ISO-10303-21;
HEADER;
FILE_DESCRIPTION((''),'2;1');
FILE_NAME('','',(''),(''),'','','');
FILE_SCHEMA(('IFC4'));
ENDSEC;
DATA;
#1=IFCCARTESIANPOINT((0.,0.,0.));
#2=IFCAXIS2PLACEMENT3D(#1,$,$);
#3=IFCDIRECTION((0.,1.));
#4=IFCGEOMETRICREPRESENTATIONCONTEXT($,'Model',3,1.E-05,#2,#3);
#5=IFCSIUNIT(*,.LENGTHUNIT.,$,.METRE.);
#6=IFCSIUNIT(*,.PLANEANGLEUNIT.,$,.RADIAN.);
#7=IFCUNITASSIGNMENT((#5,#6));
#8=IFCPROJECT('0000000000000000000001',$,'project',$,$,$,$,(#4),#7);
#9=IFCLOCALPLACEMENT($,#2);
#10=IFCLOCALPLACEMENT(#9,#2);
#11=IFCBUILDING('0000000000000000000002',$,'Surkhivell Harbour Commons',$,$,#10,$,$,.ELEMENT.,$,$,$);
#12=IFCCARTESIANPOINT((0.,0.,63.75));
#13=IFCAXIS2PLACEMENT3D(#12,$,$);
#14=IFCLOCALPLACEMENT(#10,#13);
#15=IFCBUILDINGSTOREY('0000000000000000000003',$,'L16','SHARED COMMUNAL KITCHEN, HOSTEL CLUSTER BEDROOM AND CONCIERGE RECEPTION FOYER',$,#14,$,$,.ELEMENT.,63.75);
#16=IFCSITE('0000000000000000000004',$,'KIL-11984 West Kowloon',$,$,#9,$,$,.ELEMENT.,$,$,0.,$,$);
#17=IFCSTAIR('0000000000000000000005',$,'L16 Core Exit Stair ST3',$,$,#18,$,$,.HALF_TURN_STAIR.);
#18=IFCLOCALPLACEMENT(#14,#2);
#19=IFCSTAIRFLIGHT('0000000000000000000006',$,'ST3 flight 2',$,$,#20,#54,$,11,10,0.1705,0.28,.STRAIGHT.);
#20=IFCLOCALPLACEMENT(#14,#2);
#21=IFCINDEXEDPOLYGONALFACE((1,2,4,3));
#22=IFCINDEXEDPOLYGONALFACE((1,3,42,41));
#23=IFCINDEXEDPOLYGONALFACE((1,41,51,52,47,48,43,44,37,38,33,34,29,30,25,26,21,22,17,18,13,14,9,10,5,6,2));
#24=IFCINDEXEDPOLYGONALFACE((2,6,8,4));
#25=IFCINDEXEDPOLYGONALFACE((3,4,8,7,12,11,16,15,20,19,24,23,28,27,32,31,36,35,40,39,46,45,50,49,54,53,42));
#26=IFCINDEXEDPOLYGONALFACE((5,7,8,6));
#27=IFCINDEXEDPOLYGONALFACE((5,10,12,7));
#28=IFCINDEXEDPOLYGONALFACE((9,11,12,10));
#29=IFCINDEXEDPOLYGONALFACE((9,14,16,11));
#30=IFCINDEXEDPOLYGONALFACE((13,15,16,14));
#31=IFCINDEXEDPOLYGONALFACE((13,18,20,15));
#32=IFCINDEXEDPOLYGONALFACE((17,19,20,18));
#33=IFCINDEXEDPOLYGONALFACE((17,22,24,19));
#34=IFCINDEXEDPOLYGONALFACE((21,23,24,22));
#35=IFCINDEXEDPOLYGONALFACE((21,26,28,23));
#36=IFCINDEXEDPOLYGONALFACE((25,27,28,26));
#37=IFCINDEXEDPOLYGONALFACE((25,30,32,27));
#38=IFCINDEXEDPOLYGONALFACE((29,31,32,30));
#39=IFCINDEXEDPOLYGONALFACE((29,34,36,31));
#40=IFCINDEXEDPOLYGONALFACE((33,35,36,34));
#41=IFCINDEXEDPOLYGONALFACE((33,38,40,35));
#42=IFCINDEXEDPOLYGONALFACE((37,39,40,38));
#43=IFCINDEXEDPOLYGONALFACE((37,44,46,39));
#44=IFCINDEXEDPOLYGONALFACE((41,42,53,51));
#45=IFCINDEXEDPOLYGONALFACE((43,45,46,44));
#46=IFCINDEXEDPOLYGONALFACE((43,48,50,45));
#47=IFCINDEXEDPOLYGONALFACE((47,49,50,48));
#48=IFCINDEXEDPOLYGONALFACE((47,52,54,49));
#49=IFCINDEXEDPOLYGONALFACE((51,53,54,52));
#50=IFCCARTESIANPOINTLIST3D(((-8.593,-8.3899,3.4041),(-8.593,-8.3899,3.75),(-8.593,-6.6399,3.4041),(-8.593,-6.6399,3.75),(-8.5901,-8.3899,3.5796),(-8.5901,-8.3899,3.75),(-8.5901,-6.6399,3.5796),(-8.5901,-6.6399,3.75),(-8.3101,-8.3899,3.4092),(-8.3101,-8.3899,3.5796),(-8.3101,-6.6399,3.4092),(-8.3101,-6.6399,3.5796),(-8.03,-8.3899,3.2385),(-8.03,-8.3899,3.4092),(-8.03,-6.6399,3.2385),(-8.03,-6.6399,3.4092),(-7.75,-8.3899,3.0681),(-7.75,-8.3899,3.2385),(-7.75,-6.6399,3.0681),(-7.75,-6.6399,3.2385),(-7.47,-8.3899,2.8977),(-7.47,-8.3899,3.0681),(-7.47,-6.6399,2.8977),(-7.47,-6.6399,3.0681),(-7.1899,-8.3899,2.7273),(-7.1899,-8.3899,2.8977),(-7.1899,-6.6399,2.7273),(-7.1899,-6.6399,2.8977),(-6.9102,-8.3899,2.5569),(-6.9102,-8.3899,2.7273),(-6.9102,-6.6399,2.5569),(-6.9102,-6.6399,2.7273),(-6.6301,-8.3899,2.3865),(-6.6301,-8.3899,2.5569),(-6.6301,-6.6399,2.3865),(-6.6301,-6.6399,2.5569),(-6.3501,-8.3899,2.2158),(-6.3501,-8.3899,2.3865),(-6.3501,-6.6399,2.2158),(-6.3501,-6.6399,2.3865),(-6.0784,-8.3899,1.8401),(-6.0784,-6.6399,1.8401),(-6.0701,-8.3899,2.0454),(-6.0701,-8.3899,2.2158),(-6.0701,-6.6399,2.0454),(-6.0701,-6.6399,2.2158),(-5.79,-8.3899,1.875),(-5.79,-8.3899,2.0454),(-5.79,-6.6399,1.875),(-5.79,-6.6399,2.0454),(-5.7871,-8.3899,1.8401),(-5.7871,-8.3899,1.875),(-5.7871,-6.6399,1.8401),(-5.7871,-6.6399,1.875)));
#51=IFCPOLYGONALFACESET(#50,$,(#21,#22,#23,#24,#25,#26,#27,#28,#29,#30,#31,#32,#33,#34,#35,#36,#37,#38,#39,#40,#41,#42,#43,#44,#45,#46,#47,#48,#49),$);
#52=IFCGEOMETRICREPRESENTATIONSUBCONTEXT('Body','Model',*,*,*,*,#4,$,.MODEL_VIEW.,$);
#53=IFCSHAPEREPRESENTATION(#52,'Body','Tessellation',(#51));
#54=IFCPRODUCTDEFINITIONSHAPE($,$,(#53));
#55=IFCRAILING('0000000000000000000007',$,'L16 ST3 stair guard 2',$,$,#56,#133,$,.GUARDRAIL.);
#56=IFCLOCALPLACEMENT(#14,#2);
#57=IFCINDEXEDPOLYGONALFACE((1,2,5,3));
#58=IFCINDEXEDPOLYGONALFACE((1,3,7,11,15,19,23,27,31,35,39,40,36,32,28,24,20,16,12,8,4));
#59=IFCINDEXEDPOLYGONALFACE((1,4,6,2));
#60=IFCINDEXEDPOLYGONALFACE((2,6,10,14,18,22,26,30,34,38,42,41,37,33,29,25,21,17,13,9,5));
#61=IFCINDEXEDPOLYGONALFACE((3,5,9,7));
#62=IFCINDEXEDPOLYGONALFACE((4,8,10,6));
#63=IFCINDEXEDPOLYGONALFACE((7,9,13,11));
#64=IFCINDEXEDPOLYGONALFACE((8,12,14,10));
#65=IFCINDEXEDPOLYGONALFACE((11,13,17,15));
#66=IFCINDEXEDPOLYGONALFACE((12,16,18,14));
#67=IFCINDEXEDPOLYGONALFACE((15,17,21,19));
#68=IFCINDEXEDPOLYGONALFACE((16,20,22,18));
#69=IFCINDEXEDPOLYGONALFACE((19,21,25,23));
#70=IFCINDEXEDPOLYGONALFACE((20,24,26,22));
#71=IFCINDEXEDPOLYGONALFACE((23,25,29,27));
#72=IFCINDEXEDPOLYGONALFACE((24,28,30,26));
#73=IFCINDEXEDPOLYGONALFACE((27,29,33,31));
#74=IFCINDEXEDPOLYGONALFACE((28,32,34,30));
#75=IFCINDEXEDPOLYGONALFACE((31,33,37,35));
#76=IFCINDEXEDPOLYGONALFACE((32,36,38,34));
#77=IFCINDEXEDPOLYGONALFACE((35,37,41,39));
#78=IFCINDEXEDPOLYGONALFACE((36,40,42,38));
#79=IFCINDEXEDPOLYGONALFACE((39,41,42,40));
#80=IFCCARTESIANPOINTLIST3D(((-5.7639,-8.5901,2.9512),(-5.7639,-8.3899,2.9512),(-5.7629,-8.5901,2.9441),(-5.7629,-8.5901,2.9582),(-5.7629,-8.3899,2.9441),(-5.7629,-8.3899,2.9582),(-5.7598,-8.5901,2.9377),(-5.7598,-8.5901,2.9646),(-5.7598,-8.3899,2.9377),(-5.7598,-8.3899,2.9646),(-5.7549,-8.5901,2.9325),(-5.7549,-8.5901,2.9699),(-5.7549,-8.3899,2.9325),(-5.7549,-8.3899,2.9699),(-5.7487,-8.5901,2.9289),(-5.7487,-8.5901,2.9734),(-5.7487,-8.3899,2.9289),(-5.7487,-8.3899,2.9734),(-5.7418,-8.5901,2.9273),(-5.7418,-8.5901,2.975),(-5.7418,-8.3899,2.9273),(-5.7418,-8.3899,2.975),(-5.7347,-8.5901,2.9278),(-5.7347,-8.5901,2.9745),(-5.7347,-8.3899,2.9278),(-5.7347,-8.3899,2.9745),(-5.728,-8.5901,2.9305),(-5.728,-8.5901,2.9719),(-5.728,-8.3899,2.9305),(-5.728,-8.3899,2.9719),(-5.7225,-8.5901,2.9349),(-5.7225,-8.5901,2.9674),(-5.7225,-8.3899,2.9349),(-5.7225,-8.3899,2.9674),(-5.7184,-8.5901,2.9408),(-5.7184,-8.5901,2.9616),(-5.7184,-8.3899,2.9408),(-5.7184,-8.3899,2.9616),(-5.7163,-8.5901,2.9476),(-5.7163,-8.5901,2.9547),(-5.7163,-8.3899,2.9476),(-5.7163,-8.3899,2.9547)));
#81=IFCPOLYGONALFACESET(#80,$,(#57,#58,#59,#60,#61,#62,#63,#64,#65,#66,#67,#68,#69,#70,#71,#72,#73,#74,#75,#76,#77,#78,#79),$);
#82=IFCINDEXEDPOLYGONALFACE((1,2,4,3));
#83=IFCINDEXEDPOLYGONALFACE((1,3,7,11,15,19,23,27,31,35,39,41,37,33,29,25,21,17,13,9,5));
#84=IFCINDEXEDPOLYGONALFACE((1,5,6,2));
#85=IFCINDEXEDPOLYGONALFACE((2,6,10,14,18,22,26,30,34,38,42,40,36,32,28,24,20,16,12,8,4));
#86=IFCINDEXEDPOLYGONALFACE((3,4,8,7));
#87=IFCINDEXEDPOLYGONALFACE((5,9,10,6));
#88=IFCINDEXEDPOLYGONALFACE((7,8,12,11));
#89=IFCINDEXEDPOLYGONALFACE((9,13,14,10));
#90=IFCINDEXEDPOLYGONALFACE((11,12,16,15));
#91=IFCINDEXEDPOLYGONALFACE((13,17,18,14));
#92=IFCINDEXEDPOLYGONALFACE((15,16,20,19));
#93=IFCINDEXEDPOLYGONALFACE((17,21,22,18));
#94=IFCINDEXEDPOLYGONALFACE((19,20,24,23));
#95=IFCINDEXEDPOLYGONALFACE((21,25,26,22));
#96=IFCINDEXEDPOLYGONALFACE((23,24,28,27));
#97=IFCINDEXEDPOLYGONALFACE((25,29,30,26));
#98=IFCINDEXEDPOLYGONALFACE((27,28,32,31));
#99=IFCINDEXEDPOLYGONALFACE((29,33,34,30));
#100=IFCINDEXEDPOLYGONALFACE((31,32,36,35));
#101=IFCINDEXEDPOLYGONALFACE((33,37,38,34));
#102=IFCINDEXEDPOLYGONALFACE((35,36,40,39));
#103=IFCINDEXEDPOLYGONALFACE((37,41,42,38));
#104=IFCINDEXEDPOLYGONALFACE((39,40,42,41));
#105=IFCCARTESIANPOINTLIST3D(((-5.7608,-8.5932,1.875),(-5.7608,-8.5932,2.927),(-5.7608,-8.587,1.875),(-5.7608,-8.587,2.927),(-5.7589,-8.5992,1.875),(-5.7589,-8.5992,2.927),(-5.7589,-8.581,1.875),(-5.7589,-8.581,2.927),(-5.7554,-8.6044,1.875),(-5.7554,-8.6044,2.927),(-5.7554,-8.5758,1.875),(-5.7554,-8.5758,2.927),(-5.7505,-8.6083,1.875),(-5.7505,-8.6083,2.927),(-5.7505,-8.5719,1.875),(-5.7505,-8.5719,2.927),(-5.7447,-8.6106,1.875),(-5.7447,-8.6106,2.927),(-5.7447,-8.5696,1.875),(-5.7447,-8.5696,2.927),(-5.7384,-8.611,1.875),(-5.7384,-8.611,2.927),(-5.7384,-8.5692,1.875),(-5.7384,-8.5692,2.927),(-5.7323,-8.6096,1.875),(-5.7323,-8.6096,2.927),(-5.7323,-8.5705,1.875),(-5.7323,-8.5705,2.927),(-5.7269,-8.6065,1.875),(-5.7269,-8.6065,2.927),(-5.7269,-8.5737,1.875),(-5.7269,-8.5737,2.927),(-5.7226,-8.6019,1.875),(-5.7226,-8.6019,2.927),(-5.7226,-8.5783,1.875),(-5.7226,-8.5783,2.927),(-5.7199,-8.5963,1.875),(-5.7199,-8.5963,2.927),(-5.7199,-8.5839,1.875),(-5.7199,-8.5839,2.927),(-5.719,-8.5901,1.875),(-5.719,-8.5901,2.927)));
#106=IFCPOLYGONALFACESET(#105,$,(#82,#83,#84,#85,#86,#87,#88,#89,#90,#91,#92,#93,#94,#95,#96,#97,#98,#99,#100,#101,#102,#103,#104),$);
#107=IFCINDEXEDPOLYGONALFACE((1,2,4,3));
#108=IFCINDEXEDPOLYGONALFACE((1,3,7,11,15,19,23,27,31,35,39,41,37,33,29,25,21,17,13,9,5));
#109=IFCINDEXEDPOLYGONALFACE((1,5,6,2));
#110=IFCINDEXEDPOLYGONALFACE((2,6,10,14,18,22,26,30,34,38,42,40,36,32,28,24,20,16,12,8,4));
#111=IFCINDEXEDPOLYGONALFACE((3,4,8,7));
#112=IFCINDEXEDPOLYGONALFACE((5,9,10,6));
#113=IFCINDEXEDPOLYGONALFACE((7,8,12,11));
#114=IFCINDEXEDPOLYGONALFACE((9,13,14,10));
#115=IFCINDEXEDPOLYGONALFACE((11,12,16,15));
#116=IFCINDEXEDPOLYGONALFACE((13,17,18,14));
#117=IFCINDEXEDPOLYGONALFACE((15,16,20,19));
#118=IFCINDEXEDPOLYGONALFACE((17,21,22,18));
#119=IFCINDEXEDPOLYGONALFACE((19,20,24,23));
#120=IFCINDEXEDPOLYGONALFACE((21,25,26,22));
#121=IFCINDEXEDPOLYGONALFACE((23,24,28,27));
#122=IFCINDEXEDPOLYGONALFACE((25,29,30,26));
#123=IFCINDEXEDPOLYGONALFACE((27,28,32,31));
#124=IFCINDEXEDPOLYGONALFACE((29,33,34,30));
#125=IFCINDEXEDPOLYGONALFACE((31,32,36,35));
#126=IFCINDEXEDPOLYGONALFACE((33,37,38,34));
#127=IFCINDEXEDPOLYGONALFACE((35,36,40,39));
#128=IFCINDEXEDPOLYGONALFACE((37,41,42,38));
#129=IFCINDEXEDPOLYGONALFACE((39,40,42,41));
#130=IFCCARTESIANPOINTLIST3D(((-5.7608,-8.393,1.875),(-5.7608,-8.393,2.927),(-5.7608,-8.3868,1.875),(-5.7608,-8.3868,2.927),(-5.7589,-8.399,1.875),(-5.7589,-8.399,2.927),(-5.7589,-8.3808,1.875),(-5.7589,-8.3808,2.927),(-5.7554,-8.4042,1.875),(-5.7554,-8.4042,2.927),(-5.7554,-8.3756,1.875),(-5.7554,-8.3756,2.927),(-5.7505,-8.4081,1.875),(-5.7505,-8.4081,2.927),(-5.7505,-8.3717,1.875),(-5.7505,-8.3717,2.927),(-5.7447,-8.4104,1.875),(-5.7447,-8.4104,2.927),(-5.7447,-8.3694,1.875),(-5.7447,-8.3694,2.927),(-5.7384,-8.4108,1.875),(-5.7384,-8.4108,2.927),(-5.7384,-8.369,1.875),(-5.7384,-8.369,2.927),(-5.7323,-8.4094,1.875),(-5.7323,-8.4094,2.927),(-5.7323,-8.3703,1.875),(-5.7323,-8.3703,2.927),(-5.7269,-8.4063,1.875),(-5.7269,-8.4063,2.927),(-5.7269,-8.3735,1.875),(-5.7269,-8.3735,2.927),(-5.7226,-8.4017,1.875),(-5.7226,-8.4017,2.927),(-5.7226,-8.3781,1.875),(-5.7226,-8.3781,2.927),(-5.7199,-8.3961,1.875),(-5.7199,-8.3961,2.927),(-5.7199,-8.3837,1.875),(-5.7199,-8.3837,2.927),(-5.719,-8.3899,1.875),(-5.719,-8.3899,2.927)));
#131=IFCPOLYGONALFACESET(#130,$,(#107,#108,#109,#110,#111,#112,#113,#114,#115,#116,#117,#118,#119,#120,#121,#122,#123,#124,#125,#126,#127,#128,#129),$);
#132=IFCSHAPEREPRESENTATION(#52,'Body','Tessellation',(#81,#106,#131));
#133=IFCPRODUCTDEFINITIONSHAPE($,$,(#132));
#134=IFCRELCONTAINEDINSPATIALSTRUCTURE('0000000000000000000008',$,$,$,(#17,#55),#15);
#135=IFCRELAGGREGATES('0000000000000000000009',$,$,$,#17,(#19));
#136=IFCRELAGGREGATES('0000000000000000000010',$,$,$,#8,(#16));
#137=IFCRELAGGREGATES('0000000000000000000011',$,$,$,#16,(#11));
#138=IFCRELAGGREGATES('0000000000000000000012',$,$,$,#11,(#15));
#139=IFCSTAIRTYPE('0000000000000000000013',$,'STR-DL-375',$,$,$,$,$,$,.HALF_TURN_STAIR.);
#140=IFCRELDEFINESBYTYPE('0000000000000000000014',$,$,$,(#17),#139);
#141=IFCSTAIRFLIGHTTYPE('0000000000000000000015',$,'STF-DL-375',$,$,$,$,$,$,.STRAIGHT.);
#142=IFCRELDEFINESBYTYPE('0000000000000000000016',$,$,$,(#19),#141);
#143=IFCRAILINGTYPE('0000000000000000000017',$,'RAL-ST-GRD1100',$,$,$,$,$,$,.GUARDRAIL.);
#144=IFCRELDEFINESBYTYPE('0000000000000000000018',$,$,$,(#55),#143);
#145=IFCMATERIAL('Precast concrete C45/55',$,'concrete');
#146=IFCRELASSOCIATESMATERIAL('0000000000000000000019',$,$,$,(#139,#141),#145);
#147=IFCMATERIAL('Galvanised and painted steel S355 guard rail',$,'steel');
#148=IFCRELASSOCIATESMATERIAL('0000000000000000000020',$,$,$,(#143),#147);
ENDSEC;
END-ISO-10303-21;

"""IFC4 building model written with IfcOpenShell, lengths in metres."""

from ifc_helpers import new_model, si_unit, direction, frame, origin, origin_2d, place, context, subcontext, project, spatial, polyline, circle, outline, extrude, material, type_object, element, aggregate, save


model = new_model("IFC4")

# Units and contexts
model_context = context("Model", 3, precision=1e-05, world=origin(), true_north=direction((0.0, 1.0)))
body_context = subcontext(model_context, "Body", "Model", "MODEL_VIEW")
ifc_project = project(units=[si_unit("LENGTHUNIT", "METRE"), si_unit("PLANEANGLEUNIT", "RADIAN")], contexts=[model_context])

# Site, building, storey
site_placement = place(None, origin())
site = spatial("IfcSite", under=ifc_project, at=site_placement, Name="KIL-11984 West Kowloon", CompositionType="ELEMENT", RefElevation=0.0)
building_placement = place(site_placement, origin())
building = spatial("IfcBuilding", under=site, at=building_placement, Name="Surkhivell Harbour Commons", CompositionType="ELEMENT")
storey_placement = place(building_placement, frame((0.0, 0.0, 63.75)))
storey = spatial("IfcBuildingStorey", under=building, at=storey_placement, Name="L16", Description="SHARED COMMUNAL KITCHEN, HOSTEL CLUSTER BEDROOM AND CONCIERGE RECEPTION FOYER", CompositionType="ELEMENT", Elevation=63.75)

# Stair, stair flight
ifc_material_1 = material(Name="Precast concrete C45/55", Category="concrete")
stair_type = type_object("IfcStairType", Name="STR-DL-375", PredefinedType="HALF_TURN_STAIR", material=ifc_material_1)
stair_placement = place(storey_placement, origin())
stair = element("IfcStair", 1, at=stair_placement, inside=storey, type_object=stair_type, Name="L16 Core Exit Stair ST3", PredefinedType="HALF_TURN_STAIR")
stair_flight_type = type_object("IfcStairFlightType", Name="STF-DL-375", PredefinedType="STRAIGHT", material=ifc_material_1)
stair_flight_placement = place(storey_placement, frame((-5.79, -7.5149, 1.875), z_axis=(0.0, 0.0, 1.0), x_axis=(-1.0, 0.0, 0.0)))
stair_flight = element("IfcStairFlight", 2, at=stair_flight_placement, type_object=stair_flight_type, Name="ST3 flight 2", NumberOfRisers=11, NumberOfTreads=10, PredefinedType="STRAIGHT", RiserHeight=0.1705, TreadLength=0.28, context=body_context, shape_type="SweptSolid", body=[
    extrude(outline(polyline([(-0.0029, -0.0349), (-0.0029, 0.0), (0.0, 0.0), (0.0, 0.1704), (0.28, 0.1704), (0.28, 0.3408), (0.5601, 0.3408), (0.5601, 0.5115), (0.8401, 0.5115), (0.8401, 0.6819), (1.1201, 0.6819), (1.1201, 0.8523), (1.3999, 0.8523), (1.3999, 1.0227), (1.6799, 1.0227), (1.6799, 1.1931), (1.96, 1.1931), (1.96, 1.3635), (2.24, 1.3635), (2.24, 1.5342), (2.52, 1.5342), (2.52, 1.7046), (2.8, 1.7046), (2.8, 1.875), (2.803, 1.875), (2.803, 1.5291), (0.2883, -0.0349), (-0.0029, -0.0349)])), frame((0.0, 0.875, 0.0), z_axis=(0.0, -1.0, 0.0), x_axis=(1.0, 0.0, 0.0)), (0.0, 0.0, 1.0), 1.75),
])
aggregate(stair, [stair_flight])

# Railing
ifc_material_2 = material(Name="Galvanised and painted steel S355 guard rail", Category="steel")
railing_type_1 = type_object("IfcRailingType", Name="RAL-ST-GRD1100", PredefinedType="GUARDRAIL", material=ifc_material_2)
railing_1_placement = place(storey_placement, frame((-5.74, -8.5901, 1.875)))
element("IfcRailing", 3, at=railing_1_placement, inside=storey, type_object=railing_type_1, Name="L16 ST3 stair guard 2", PredefinedType="GUARDRAIL", context=body_context, shape_type="SweptSolid", body=[
    extrude(circle(Radius=0.0239, at=origin_2d()), frame((0.0, 0.0, 1.0762), z_axis=(0.0, 1.0, 0.0), x_axis=(-1.0, 0.0, 0.0)), (0.0, 0.0, 1.0), 0.2002),
    extrude(circle(Radius=0.021, at=origin_2d()), origin(), (0.0, 0.0, 1.0), 1.052),
    extrude(circle(Radius=0.021, at=origin_2d()), frame((0.0, 0.2002, 0.0)), (0.0, 0.0, 1.0), 1.052),
])

save(model, "model.ifc")
